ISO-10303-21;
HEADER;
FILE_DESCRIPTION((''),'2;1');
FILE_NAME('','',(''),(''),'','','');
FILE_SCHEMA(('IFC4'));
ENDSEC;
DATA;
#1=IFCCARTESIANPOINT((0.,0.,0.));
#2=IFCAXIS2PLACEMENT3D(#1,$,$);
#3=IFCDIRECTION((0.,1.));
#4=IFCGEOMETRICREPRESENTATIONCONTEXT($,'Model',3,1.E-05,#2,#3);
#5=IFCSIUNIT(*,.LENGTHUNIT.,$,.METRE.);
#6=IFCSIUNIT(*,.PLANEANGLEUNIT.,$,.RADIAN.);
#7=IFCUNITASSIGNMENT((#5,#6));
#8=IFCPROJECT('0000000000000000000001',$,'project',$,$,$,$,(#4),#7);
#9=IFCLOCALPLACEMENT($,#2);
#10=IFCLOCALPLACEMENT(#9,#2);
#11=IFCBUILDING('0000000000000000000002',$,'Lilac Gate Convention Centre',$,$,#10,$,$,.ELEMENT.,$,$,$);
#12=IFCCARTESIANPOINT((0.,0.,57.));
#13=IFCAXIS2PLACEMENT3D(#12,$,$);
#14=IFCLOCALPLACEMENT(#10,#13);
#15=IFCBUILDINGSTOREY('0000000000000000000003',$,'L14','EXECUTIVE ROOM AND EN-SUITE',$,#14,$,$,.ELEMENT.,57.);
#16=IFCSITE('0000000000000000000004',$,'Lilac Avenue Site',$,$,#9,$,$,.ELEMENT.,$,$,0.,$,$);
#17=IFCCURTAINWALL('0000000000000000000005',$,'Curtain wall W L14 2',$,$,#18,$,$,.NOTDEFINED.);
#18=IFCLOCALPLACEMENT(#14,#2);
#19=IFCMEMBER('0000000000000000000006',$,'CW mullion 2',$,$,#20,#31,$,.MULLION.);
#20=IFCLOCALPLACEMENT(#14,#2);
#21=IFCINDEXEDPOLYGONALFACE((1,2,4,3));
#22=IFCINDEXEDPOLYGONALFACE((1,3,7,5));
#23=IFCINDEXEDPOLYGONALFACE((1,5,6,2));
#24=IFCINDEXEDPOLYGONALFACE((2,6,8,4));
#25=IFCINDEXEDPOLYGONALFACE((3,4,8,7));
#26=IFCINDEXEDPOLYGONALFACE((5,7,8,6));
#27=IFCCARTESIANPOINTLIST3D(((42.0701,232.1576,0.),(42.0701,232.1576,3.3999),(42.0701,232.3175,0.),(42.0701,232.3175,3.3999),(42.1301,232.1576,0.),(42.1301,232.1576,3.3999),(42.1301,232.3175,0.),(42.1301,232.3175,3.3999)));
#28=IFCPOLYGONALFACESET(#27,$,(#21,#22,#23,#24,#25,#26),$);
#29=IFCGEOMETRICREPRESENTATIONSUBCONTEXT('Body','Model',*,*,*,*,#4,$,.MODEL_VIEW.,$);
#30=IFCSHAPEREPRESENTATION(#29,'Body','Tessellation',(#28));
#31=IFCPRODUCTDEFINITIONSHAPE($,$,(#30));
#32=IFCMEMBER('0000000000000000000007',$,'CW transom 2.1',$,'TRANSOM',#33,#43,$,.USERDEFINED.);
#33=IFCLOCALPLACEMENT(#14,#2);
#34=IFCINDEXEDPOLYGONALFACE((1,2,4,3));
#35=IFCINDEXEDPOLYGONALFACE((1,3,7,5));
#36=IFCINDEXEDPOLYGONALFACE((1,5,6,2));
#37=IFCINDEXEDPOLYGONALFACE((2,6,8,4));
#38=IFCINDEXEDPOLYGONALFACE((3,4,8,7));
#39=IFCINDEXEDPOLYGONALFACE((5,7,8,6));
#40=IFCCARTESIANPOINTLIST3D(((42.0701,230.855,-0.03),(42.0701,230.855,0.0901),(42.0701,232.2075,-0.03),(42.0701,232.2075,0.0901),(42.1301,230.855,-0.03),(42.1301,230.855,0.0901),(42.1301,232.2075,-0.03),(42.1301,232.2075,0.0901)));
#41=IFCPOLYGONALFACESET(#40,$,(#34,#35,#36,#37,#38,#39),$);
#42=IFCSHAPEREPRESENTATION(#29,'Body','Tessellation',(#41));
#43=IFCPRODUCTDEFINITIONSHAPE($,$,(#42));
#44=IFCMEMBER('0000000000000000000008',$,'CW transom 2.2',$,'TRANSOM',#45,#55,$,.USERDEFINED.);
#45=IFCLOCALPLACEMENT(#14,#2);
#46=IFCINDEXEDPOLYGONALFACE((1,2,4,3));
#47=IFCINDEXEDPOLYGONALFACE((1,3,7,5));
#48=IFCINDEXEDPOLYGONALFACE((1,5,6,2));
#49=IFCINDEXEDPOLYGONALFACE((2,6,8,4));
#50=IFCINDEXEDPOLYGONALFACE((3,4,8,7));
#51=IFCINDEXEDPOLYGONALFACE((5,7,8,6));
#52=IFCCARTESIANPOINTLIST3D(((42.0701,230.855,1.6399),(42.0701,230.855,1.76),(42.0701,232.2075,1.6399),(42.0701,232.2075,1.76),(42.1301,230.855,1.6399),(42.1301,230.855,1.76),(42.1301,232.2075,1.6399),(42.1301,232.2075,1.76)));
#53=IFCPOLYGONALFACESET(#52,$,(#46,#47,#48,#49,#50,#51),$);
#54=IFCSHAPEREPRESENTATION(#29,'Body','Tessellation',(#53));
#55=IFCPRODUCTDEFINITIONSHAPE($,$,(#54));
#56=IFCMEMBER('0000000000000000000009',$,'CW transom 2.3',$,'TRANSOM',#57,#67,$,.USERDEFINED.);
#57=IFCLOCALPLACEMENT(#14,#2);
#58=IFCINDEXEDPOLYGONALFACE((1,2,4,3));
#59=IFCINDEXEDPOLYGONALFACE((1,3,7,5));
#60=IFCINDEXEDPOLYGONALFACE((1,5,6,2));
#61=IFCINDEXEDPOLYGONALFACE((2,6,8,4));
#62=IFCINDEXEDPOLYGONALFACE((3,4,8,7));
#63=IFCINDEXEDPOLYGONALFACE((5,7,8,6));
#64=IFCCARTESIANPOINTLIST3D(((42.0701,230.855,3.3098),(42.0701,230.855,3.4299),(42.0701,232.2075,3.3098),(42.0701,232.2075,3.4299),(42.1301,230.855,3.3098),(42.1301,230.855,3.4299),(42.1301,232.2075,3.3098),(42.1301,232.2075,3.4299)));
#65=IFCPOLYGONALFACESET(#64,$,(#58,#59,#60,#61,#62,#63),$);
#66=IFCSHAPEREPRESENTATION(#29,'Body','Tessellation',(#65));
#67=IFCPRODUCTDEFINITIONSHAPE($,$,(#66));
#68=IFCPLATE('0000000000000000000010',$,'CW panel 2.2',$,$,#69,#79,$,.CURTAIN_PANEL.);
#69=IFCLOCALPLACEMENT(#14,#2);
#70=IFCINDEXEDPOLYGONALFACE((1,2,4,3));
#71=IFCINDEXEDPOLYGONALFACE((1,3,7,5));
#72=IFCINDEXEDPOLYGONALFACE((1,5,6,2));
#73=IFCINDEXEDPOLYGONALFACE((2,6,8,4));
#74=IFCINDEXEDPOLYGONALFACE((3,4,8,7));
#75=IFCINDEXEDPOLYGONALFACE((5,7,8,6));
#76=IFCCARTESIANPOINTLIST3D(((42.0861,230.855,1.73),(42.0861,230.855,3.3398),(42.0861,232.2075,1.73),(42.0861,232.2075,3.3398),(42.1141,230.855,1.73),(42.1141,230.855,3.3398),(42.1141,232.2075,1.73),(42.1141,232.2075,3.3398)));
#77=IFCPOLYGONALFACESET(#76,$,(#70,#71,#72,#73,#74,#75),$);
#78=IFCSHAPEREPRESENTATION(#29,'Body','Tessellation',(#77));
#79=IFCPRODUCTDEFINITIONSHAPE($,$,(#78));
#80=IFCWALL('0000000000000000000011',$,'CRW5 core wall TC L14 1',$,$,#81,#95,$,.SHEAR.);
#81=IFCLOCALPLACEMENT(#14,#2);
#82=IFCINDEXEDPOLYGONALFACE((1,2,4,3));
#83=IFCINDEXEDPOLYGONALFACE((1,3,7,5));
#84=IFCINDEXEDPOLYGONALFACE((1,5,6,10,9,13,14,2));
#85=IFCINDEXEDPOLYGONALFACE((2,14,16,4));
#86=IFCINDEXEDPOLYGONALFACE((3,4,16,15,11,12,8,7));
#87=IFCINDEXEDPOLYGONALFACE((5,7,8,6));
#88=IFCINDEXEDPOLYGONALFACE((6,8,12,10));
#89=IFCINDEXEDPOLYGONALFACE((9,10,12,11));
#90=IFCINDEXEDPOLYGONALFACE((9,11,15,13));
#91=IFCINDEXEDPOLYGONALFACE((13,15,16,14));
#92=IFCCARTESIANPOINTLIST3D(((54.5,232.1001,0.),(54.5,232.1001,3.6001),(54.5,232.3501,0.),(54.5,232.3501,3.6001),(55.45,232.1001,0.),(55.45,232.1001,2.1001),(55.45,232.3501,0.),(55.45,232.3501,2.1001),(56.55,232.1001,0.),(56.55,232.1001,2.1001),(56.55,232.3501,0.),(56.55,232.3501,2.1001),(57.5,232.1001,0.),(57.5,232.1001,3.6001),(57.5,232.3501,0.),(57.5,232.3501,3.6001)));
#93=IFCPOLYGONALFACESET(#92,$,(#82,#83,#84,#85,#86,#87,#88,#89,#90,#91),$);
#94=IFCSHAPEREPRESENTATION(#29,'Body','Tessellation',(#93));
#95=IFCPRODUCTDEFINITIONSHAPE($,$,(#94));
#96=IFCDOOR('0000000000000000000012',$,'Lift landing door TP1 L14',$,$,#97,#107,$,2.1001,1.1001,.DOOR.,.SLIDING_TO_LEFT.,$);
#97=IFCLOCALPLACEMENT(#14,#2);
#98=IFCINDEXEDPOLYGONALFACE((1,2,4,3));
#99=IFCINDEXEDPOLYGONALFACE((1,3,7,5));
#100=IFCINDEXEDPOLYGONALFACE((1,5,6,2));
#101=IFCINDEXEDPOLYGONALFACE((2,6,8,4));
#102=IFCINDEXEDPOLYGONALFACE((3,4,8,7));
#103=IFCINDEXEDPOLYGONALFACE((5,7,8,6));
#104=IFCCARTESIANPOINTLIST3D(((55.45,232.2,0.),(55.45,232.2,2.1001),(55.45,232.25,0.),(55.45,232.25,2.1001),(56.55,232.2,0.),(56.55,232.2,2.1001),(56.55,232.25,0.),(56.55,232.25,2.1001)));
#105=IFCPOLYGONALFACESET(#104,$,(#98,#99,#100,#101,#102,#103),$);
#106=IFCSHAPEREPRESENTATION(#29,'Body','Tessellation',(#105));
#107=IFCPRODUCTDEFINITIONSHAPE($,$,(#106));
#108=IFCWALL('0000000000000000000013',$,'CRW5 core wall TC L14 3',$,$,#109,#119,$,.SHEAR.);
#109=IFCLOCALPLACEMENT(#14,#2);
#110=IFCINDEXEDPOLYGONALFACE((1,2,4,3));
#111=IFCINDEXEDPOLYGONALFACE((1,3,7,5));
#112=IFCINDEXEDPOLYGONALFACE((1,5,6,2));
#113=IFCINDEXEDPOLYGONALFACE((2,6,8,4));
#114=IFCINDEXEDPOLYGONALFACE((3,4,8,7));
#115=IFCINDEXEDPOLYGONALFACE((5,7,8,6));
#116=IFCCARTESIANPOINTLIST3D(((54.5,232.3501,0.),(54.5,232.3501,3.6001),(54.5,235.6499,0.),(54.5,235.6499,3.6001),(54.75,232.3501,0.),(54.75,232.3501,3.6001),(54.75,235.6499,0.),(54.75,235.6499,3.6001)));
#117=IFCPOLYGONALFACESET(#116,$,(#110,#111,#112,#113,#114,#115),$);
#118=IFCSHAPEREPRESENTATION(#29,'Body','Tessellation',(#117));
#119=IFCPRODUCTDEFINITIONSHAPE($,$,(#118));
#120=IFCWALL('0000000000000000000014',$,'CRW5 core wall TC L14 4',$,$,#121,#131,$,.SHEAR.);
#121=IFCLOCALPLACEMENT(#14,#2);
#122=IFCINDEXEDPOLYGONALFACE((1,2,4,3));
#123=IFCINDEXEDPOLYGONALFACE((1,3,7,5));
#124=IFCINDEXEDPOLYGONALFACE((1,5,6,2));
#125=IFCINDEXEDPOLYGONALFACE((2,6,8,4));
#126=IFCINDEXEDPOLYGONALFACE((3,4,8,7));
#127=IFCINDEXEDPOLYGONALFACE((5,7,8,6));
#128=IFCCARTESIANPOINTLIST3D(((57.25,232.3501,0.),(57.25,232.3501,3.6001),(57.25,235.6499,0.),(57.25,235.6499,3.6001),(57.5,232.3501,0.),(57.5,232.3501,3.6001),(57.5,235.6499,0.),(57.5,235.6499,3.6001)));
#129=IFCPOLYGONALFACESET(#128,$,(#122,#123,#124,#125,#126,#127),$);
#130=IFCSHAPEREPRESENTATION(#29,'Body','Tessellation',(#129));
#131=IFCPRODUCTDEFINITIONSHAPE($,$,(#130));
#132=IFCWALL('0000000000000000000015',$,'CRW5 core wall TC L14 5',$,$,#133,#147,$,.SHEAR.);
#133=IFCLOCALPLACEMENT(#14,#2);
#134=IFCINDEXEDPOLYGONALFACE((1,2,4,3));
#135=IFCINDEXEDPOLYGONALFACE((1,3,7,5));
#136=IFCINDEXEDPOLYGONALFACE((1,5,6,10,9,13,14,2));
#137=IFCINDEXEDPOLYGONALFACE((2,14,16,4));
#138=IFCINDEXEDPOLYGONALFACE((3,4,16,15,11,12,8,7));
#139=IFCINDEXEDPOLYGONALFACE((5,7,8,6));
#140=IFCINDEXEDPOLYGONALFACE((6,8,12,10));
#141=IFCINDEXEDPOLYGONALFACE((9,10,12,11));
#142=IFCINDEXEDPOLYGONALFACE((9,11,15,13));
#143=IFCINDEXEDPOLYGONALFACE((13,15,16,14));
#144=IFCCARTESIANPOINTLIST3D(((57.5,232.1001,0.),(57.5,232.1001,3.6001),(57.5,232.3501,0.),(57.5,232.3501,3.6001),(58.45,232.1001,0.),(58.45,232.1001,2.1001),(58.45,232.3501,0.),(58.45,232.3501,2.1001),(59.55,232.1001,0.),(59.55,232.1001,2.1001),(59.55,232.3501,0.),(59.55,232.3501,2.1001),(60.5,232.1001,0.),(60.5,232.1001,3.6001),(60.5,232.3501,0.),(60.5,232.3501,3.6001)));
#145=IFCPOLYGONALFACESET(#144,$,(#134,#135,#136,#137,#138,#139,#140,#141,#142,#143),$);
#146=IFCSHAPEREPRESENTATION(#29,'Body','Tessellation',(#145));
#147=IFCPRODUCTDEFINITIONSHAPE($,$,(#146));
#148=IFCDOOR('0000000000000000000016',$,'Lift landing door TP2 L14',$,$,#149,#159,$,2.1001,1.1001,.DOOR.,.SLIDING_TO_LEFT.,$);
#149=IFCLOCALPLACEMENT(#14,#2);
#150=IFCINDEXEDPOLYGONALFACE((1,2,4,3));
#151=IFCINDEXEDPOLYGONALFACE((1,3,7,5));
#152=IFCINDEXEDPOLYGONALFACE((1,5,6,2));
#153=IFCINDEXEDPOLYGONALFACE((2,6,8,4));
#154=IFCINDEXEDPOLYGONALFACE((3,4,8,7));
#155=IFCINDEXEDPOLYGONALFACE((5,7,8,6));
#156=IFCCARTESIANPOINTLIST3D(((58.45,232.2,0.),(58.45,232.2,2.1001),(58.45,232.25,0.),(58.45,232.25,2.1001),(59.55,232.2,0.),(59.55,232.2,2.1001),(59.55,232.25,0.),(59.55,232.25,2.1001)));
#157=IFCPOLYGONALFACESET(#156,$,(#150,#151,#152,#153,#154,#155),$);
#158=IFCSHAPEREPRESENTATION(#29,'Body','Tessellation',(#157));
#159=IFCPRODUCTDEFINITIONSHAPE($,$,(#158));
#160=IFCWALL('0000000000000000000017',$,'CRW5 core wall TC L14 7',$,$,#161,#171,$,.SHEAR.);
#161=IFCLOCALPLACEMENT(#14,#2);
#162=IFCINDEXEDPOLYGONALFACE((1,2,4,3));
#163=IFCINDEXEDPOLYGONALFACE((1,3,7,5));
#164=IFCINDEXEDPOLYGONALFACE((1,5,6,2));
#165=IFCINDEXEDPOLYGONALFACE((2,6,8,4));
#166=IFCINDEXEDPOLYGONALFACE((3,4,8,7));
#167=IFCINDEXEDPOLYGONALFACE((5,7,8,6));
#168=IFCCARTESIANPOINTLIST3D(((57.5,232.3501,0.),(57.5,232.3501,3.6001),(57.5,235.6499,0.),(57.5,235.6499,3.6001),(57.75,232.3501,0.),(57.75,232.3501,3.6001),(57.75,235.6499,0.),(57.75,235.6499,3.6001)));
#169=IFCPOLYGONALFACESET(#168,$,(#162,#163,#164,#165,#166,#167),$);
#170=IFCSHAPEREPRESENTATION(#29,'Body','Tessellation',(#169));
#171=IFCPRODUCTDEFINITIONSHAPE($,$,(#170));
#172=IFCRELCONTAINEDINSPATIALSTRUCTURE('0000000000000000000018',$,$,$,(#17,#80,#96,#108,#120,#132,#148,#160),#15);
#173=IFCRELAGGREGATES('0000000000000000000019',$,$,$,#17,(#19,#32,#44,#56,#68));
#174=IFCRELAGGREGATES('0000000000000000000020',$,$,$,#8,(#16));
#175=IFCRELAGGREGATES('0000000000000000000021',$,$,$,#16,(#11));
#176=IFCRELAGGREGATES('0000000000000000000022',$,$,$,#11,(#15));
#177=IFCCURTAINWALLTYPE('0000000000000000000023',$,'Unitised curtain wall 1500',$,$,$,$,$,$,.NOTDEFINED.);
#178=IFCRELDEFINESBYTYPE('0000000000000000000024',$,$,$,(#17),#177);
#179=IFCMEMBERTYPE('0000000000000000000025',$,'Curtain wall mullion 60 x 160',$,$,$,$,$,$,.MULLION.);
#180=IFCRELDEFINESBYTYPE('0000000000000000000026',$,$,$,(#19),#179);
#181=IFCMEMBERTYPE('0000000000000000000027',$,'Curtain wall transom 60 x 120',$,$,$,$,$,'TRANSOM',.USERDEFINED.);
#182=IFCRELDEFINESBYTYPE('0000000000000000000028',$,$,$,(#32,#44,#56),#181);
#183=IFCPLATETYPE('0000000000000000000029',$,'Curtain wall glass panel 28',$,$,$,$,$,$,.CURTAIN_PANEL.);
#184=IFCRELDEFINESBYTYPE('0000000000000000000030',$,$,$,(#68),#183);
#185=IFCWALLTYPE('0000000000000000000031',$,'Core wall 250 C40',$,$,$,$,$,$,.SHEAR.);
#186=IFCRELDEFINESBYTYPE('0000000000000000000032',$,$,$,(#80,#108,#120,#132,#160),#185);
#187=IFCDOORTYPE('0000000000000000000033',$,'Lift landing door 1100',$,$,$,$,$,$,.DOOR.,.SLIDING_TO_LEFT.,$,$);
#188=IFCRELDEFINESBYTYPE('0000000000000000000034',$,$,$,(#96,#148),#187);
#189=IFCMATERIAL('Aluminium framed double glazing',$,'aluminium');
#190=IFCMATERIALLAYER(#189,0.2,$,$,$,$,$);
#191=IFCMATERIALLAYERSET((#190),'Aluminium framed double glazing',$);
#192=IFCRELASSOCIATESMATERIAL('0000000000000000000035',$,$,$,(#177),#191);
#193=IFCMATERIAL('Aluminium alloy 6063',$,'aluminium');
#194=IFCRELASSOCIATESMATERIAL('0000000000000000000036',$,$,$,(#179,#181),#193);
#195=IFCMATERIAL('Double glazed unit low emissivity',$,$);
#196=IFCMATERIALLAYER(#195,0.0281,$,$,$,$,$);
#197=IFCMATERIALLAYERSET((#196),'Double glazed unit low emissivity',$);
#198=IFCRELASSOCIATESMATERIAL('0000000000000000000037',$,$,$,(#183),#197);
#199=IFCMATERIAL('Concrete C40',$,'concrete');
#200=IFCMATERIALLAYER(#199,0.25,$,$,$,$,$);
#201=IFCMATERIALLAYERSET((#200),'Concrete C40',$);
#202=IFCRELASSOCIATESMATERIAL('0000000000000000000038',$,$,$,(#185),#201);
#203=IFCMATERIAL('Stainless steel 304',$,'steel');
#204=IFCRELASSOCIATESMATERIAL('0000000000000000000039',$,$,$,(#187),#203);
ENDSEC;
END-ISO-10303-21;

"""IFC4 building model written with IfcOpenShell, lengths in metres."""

from ifc_helpers import new_model, si_unit, direction, frame, frame_2d, origin, origin_2d, place, context, subcontext, project, spatial, rectangle, extrude, material, layer, layer_set, material_profile, profile_set, type_object, element, fill, aggregate, save


model = new_model("IFC4")

# Units and contexts
model_context = context("Model", 3, precision=1e-05, world=origin(), true_north=direction((0.0, 1.0)))
body_context = subcontext(model_context, "Body", "Model", "MODEL_VIEW")
ifc_project = project(units=[si_unit("LENGTHUNIT", "METRE"), si_unit("PLANEANGLEUNIT", "RADIAN")], contexts=[model_context])

# Site, building, storey
site_placement = place(None, origin())
site = spatial("IfcSite", under=ifc_project, at=site_placement, Name="Lilac Avenue Site", CompositionType="ELEMENT", RefElevation=0.0)
building_placement = place(site_placement, origin())
building = spatial("IfcBuilding", under=site, at=building_placement, Name="Lilac Gate Convention Centre", CompositionType="ELEMENT")
storey_placement = place(building_placement, frame((0.0, 0.0, 57.0)))
storey = spatial("IfcBuildingStorey", under=building, at=storey_placement, Name="L14", Description="EXECUTIVE ROOM AND EN-SUITE", CompositionType="ELEMENT", Elevation=57.0)

# Curtain wall, members, plate
ifc_material_1 = material(Name="Aluminium framed double glazing", Category="aluminium")
ifc_layer_1 = layer(ifc_material_1, 0.2)
ifc_layer_set_1 = layer_set([ifc_layer_1], Name="Aluminium framed double glazing")
curtain_wall_type = type_object("IfcCurtainWallType", Name="Unitised curtain wall 1500", PredefinedType="NOTDEFINED", material=ifc_layer_set_1)
curtain_wall_placement = place(storey_placement, origin())
curtain_wall = element("IfcCurtainWall", 1, at=curtain_wall_placement, inside=storey, type_object=curtain_wall_type, Name="Curtain wall W L14 2", PredefinedType="NOTDEFINED")
ifc_material_2 = material(Name="Aluminium alloy 6063", Category="aluminium")
ifc_material_profile_1 = material_profile(ifc_material_2, rectangle(XDim=0.0601, YDim=0.1599, at=origin_2d()), Name="Curtain wall mullion 60 x 160")
ifc_profile_set_1 = profile_set([ifc_material_profile_1], Name="Aluminium alloy 6063")
member_type_1 = type_object("IfcMemberType", Name="Curtain wall mullion 60 x 160", PredefinedType="MULLION", material=ifc_profile_set_1)
member_1_placement = place(storey_placement, frame((42.1001, 232.2375, 0.0), z_axis=(0.0, 0.0, 1.0), x_axis=(1.0, 0.0, 0.0)))
member_1 = element("IfcMember", 2, at=member_1_placement, type_object=member_type_1, Name="CW mullion 2", PredefinedType="MULLION", context=body_context, shape_type="SweptSolid", body=[
    extrude(rectangle(XDim=0.0601, YDim=0.1599, at=origin_2d()), origin(), (0.0, 0.0, 1.0), 3.3999),
])
ifc_material_profile_2 = material_profile(ifc_material_2, rectangle(XDim=0.0601, YDim=0.1201, at=origin_2d()), Name="Curtain wall transom 60 x 120")
ifc_profile_set_2 = profile_set([ifc_material_profile_2], Name="Aluminium alloy 6063")
member_type_2 = type_object("IfcMemberType", Name="Curtain wall transom 60 x 120", ElementType="TRANSOM", PredefinedType="USERDEFINED", material=ifc_profile_set_2)
member_2_placement = place(storey_placement, frame((42.1001, 232.2075, 0.03), z_axis=(0.0, -1.0, 0.0), x_axis=(1.0, 0.0, 0.0)))
member_2 = element("IfcMember", 3, at=member_2_placement, type_object=member_type_2, Name="CW transom 2.1", ObjectType="TRANSOM", PredefinedType="USERDEFINED", context=body_context, shape_type="SweptSolid", body=[
    extrude(rectangle(XDim=0.0601, YDim=0.1201, at=origin_2d()), origin(), (0.0, 0.0, 1.0), 1.3525),
])
member_3_placement = place(storey_placement, frame((42.1001, 232.2075, 1.7), z_axis=(0.0, -1.0, 0.0), x_axis=(1.0, 0.0, 0.0)))
member_3 = element("IfcMember", 4, at=member_3_placement, type_object=member_type_2, Name="CW transom 2.2", ObjectType="TRANSOM", PredefinedType="USERDEFINED", context=body_context, shape_type="SweptSolid", body=[
    extrude(rectangle(XDim=0.0601, YDim=0.1201, at=origin_2d()), origin(), (0.0, 0.0, 1.0), 1.3525),
])
member_4_placement = place(storey_placement, frame((42.1001, 232.2075, 3.3699), z_axis=(0.0, -1.0, 0.0), x_axis=(1.0, 0.0, 0.0)))
member_4 = element("IfcMember", 5, at=member_4_placement, type_object=member_type_2, Name="CW transom 2.3", ObjectType="TRANSOM", PredefinedType="USERDEFINED", context=body_context, shape_type="SweptSolid", body=[
    extrude(rectangle(XDim=0.0601, YDim=0.1201, at=origin_2d()), origin(), (0.0, 0.0, 1.0), 1.3525),
])
ifc_material_3 = material(Name="Double glazed unit low emissivity")
ifc_layer_2 = layer(ifc_material_3, 0.0281)
ifc_layer_set_2 = layer_set([ifc_layer_2], Name="Double glazed unit low emissivity")
plate_type = type_object("IfcPlateType", Name="Curtain wall glass panel 28", PredefinedType="CURTAIN_PANEL", material=ifc_layer_set_2)
plate_placement = place(storey_placement, frame((42.1001, 231.5312, 1.73), z_axis=(0.0, 0.0, 1.0), x_axis=(0.0, -1.0, 0.0)))
plate = element("IfcPlate", 6, at=plate_placement, type_object=plate_type, Name="CW panel 2.2", PredefinedType="CURTAIN_PANEL", context=body_context, shape_type="SweptSolid", body=[
    extrude(rectangle(XDim=1.3525, YDim=0.0281, at=origin_2d()), origin(), (0.0, 0.0, 1.0), 1.6099),
])
aggregate(curtain_wall, [member_1, member_2, member_3, member_4, plate])

# Wall, opening, door
ifc_material_4 = material(Name="Concrete C40", Category="concrete")
ifc_layer_3 = layer(ifc_material_4, 0.25)
ifc_layer_set_3 = layer_set([ifc_layer_3], Name="Concrete C40")
wall_type_1 = type_object("IfcWallType", Name="Core wall 250 C40", PredefinedType="SHEAR", material=ifc_layer_set_3)
wall_1_placement = place(storey_placement, frame((54.5, 232.2251, 0.0), z_axis=(0.0, 0.0, 1.0), x_axis=(1.0, 0.0, 0.0)))
wall_1 = element("IfcWall", 7, at=wall_1_placement, inside=storey, type_object=wall_type_1, Name="CRW5 core wall TC L14 1", PredefinedType="SHEAR", context=body_context, shape_type="SweptSolid", body=[
    extrude(rectangle(XDim=3.0, YDim=0.25, at=frame_2d((1.5, 0.0))), origin(), (0.0, 0.0, 1.0), 3.6001),
])
opening_1_placement = place(wall_1_placement, frame((0.95, 0.0, 0.0)))
opening_1 = element("IfcOpeningElement", 8, at=opening_1_placement, cuts=wall_1, PredefinedType="OPENING", context=body_context, shape_type="SweptSolid", body=[
    extrude(rectangle(XDim=1.1001, YDim=2.1001, at=frame_2d((0.55, 1.05))), frame((0.0, 0.135, 0.0), z_axis=(0.0, -1.0, 0.0), x_axis=(1.0, 0.0, 0.0)), (0.0, 0.0, 1.0), 0.27),
])
ifc_material_5 = material(Name="Stainless steel 304", Category="steel")
door_type_1 = type_object("IfcDoorType", Name="Lift landing door 1100", OperationType="SLIDING_TO_LEFT", PredefinedType="DOOR", material=ifc_material_5)
door_1_placement = place(opening_1_placement, origin())
door_1 = element("IfcDoor", 9, at=door_1_placement, inside=storey, type_object=door_type_1, Name="Lift landing door TP1 L14", OperationType="SLIDING_TO_LEFT", OverallHeight=2.1001, OverallWidth=1.1001, PredefinedType="DOOR", context=body_context, shape_type="SweptSolid", body=[
    extrude(rectangle(XDim=1.1001, YDim=2.1001, at=frame_2d((0.55, 1.05))), frame((0.0, 0.0249, 0.0), z_axis=(0.0, -1.0, 0.0), x_axis=(1.0, 0.0, 0.0)), (0.0, 0.0, 1.0), 0.05),
])
fill(opening_1, door_1)

# Walls
for number, where, z_axis, x_axis, name in (
    (10, (54.625, 232.3501, 0.0), (0.0, 0.0, 1.0), (0.0, 1.0, 0.0), "CRW5 core wall TC L14 3"),
    (11, (57.375, 232.3501, 0.0), (0.0, 0.0, 1.0), (0.0, 1.0, 0.0), "CRW5 core wall TC L14 4"),
):
    element("IfcWall", number, at=place(storey_placement, frame(where, z_axis=z_axis, x_axis=x_axis)), inside=storey, type_object=wall_type_1, Name=name, PredefinedType="SHEAR", context=body_context, shape_type="SweptSolid", body=[
        extrude(rectangle(XDim=3.2998, YDim=0.25, at=frame_2d((1.6499, 0.0))), origin(), (0.0, 0.0, 1.0), 3.6001),
    ])

# Wall, opening, door
wall_2_placement = place(storey_placement, frame((57.5, 232.2251, 0.0), z_axis=(0.0, 0.0, 1.0), x_axis=(1.0, 0.0, 0.0)))
wall_2 = element("IfcWall", 12, at=wall_2_placement, inside=storey, type_object=wall_type_1, Name="CRW5 core wall TC L14 5", PredefinedType="SHEAR", context=body_context, shape_type="SweptSolid", body=[
    extrude(rectangle(XDim=3.0, YDim=0.25, at=frame_2d((1.5, 0.0))), origin(), (0.0, 0.0, 1.0), 3.6001),
])
opening_2_placement = place(wall_2_placement, frame((0.95, 0.0, 0.0)))
opening_2 = element("IfcOpeningElement", 13, at=opening_2_placement, cuts=wall_2, PredefinedType="OPENING", context=body_context, shape_type="SweptSolid", body=[
    extrude(rectangle(XDim=1.1001, YDim=2.1001, at=frame_2d((0.55, 1.05))), frame((0.0, 0.135, 0.0), z_axis=(0.0, -1.0, 0.0), x_axis=(1.0, 0.0, 0.0)), (0.0, 0.0, 1.0), 0.27),
])
door_2_placement = place(opening_2_placement, origin())
door_2 = element("IfcDoor", 14, at=door_2_placement, inside=storey, type_object=door_type_1, Name="Lift landing door TP2 L14", OperationType="SLIDING_TO_LEFT", OverallHeight=2.1001, OverallWidth=1.1001, PredefinedType="DOOR", context=body_context, shape_type="SweptSolid", body=[
    extrude(rectangle(XDim=1.1001, YDim=2.1001, at=frame_2d((0.55, 1.05))), frame((0.0, 0.0249, 0.0), z_axis=(0.0, -1.0, 0.0), x_axis=(1.0, 0.0, 0.0)), (0.0, 0.0, 1.0), 0.05),
])
fill(opening_2, door_2)

# Wall
wall_3_placement = place(storey_placement, frame((57.625, 232.3501, 0.0), z_axis=(0.0, 0.0, 1.0), x_axis=(0.0, 1.0, 0.0)))
element("IfcWall", 15, at=wall_3_placement, inside=storey, type_object=wall_type_1, Name="CRW5 core wall TC L14 7", PredefinedType="SHEAR", context=body_context, shape_type="SweptSolid", body=[
    extrude(rectangle(XDim=3.2998, YDim=0.25, at=frame_2d((1.6499, 0.0))), origin(), (0.0, 0.0, 1.0), 3.6001),
])

save(model, "model.ifc")
